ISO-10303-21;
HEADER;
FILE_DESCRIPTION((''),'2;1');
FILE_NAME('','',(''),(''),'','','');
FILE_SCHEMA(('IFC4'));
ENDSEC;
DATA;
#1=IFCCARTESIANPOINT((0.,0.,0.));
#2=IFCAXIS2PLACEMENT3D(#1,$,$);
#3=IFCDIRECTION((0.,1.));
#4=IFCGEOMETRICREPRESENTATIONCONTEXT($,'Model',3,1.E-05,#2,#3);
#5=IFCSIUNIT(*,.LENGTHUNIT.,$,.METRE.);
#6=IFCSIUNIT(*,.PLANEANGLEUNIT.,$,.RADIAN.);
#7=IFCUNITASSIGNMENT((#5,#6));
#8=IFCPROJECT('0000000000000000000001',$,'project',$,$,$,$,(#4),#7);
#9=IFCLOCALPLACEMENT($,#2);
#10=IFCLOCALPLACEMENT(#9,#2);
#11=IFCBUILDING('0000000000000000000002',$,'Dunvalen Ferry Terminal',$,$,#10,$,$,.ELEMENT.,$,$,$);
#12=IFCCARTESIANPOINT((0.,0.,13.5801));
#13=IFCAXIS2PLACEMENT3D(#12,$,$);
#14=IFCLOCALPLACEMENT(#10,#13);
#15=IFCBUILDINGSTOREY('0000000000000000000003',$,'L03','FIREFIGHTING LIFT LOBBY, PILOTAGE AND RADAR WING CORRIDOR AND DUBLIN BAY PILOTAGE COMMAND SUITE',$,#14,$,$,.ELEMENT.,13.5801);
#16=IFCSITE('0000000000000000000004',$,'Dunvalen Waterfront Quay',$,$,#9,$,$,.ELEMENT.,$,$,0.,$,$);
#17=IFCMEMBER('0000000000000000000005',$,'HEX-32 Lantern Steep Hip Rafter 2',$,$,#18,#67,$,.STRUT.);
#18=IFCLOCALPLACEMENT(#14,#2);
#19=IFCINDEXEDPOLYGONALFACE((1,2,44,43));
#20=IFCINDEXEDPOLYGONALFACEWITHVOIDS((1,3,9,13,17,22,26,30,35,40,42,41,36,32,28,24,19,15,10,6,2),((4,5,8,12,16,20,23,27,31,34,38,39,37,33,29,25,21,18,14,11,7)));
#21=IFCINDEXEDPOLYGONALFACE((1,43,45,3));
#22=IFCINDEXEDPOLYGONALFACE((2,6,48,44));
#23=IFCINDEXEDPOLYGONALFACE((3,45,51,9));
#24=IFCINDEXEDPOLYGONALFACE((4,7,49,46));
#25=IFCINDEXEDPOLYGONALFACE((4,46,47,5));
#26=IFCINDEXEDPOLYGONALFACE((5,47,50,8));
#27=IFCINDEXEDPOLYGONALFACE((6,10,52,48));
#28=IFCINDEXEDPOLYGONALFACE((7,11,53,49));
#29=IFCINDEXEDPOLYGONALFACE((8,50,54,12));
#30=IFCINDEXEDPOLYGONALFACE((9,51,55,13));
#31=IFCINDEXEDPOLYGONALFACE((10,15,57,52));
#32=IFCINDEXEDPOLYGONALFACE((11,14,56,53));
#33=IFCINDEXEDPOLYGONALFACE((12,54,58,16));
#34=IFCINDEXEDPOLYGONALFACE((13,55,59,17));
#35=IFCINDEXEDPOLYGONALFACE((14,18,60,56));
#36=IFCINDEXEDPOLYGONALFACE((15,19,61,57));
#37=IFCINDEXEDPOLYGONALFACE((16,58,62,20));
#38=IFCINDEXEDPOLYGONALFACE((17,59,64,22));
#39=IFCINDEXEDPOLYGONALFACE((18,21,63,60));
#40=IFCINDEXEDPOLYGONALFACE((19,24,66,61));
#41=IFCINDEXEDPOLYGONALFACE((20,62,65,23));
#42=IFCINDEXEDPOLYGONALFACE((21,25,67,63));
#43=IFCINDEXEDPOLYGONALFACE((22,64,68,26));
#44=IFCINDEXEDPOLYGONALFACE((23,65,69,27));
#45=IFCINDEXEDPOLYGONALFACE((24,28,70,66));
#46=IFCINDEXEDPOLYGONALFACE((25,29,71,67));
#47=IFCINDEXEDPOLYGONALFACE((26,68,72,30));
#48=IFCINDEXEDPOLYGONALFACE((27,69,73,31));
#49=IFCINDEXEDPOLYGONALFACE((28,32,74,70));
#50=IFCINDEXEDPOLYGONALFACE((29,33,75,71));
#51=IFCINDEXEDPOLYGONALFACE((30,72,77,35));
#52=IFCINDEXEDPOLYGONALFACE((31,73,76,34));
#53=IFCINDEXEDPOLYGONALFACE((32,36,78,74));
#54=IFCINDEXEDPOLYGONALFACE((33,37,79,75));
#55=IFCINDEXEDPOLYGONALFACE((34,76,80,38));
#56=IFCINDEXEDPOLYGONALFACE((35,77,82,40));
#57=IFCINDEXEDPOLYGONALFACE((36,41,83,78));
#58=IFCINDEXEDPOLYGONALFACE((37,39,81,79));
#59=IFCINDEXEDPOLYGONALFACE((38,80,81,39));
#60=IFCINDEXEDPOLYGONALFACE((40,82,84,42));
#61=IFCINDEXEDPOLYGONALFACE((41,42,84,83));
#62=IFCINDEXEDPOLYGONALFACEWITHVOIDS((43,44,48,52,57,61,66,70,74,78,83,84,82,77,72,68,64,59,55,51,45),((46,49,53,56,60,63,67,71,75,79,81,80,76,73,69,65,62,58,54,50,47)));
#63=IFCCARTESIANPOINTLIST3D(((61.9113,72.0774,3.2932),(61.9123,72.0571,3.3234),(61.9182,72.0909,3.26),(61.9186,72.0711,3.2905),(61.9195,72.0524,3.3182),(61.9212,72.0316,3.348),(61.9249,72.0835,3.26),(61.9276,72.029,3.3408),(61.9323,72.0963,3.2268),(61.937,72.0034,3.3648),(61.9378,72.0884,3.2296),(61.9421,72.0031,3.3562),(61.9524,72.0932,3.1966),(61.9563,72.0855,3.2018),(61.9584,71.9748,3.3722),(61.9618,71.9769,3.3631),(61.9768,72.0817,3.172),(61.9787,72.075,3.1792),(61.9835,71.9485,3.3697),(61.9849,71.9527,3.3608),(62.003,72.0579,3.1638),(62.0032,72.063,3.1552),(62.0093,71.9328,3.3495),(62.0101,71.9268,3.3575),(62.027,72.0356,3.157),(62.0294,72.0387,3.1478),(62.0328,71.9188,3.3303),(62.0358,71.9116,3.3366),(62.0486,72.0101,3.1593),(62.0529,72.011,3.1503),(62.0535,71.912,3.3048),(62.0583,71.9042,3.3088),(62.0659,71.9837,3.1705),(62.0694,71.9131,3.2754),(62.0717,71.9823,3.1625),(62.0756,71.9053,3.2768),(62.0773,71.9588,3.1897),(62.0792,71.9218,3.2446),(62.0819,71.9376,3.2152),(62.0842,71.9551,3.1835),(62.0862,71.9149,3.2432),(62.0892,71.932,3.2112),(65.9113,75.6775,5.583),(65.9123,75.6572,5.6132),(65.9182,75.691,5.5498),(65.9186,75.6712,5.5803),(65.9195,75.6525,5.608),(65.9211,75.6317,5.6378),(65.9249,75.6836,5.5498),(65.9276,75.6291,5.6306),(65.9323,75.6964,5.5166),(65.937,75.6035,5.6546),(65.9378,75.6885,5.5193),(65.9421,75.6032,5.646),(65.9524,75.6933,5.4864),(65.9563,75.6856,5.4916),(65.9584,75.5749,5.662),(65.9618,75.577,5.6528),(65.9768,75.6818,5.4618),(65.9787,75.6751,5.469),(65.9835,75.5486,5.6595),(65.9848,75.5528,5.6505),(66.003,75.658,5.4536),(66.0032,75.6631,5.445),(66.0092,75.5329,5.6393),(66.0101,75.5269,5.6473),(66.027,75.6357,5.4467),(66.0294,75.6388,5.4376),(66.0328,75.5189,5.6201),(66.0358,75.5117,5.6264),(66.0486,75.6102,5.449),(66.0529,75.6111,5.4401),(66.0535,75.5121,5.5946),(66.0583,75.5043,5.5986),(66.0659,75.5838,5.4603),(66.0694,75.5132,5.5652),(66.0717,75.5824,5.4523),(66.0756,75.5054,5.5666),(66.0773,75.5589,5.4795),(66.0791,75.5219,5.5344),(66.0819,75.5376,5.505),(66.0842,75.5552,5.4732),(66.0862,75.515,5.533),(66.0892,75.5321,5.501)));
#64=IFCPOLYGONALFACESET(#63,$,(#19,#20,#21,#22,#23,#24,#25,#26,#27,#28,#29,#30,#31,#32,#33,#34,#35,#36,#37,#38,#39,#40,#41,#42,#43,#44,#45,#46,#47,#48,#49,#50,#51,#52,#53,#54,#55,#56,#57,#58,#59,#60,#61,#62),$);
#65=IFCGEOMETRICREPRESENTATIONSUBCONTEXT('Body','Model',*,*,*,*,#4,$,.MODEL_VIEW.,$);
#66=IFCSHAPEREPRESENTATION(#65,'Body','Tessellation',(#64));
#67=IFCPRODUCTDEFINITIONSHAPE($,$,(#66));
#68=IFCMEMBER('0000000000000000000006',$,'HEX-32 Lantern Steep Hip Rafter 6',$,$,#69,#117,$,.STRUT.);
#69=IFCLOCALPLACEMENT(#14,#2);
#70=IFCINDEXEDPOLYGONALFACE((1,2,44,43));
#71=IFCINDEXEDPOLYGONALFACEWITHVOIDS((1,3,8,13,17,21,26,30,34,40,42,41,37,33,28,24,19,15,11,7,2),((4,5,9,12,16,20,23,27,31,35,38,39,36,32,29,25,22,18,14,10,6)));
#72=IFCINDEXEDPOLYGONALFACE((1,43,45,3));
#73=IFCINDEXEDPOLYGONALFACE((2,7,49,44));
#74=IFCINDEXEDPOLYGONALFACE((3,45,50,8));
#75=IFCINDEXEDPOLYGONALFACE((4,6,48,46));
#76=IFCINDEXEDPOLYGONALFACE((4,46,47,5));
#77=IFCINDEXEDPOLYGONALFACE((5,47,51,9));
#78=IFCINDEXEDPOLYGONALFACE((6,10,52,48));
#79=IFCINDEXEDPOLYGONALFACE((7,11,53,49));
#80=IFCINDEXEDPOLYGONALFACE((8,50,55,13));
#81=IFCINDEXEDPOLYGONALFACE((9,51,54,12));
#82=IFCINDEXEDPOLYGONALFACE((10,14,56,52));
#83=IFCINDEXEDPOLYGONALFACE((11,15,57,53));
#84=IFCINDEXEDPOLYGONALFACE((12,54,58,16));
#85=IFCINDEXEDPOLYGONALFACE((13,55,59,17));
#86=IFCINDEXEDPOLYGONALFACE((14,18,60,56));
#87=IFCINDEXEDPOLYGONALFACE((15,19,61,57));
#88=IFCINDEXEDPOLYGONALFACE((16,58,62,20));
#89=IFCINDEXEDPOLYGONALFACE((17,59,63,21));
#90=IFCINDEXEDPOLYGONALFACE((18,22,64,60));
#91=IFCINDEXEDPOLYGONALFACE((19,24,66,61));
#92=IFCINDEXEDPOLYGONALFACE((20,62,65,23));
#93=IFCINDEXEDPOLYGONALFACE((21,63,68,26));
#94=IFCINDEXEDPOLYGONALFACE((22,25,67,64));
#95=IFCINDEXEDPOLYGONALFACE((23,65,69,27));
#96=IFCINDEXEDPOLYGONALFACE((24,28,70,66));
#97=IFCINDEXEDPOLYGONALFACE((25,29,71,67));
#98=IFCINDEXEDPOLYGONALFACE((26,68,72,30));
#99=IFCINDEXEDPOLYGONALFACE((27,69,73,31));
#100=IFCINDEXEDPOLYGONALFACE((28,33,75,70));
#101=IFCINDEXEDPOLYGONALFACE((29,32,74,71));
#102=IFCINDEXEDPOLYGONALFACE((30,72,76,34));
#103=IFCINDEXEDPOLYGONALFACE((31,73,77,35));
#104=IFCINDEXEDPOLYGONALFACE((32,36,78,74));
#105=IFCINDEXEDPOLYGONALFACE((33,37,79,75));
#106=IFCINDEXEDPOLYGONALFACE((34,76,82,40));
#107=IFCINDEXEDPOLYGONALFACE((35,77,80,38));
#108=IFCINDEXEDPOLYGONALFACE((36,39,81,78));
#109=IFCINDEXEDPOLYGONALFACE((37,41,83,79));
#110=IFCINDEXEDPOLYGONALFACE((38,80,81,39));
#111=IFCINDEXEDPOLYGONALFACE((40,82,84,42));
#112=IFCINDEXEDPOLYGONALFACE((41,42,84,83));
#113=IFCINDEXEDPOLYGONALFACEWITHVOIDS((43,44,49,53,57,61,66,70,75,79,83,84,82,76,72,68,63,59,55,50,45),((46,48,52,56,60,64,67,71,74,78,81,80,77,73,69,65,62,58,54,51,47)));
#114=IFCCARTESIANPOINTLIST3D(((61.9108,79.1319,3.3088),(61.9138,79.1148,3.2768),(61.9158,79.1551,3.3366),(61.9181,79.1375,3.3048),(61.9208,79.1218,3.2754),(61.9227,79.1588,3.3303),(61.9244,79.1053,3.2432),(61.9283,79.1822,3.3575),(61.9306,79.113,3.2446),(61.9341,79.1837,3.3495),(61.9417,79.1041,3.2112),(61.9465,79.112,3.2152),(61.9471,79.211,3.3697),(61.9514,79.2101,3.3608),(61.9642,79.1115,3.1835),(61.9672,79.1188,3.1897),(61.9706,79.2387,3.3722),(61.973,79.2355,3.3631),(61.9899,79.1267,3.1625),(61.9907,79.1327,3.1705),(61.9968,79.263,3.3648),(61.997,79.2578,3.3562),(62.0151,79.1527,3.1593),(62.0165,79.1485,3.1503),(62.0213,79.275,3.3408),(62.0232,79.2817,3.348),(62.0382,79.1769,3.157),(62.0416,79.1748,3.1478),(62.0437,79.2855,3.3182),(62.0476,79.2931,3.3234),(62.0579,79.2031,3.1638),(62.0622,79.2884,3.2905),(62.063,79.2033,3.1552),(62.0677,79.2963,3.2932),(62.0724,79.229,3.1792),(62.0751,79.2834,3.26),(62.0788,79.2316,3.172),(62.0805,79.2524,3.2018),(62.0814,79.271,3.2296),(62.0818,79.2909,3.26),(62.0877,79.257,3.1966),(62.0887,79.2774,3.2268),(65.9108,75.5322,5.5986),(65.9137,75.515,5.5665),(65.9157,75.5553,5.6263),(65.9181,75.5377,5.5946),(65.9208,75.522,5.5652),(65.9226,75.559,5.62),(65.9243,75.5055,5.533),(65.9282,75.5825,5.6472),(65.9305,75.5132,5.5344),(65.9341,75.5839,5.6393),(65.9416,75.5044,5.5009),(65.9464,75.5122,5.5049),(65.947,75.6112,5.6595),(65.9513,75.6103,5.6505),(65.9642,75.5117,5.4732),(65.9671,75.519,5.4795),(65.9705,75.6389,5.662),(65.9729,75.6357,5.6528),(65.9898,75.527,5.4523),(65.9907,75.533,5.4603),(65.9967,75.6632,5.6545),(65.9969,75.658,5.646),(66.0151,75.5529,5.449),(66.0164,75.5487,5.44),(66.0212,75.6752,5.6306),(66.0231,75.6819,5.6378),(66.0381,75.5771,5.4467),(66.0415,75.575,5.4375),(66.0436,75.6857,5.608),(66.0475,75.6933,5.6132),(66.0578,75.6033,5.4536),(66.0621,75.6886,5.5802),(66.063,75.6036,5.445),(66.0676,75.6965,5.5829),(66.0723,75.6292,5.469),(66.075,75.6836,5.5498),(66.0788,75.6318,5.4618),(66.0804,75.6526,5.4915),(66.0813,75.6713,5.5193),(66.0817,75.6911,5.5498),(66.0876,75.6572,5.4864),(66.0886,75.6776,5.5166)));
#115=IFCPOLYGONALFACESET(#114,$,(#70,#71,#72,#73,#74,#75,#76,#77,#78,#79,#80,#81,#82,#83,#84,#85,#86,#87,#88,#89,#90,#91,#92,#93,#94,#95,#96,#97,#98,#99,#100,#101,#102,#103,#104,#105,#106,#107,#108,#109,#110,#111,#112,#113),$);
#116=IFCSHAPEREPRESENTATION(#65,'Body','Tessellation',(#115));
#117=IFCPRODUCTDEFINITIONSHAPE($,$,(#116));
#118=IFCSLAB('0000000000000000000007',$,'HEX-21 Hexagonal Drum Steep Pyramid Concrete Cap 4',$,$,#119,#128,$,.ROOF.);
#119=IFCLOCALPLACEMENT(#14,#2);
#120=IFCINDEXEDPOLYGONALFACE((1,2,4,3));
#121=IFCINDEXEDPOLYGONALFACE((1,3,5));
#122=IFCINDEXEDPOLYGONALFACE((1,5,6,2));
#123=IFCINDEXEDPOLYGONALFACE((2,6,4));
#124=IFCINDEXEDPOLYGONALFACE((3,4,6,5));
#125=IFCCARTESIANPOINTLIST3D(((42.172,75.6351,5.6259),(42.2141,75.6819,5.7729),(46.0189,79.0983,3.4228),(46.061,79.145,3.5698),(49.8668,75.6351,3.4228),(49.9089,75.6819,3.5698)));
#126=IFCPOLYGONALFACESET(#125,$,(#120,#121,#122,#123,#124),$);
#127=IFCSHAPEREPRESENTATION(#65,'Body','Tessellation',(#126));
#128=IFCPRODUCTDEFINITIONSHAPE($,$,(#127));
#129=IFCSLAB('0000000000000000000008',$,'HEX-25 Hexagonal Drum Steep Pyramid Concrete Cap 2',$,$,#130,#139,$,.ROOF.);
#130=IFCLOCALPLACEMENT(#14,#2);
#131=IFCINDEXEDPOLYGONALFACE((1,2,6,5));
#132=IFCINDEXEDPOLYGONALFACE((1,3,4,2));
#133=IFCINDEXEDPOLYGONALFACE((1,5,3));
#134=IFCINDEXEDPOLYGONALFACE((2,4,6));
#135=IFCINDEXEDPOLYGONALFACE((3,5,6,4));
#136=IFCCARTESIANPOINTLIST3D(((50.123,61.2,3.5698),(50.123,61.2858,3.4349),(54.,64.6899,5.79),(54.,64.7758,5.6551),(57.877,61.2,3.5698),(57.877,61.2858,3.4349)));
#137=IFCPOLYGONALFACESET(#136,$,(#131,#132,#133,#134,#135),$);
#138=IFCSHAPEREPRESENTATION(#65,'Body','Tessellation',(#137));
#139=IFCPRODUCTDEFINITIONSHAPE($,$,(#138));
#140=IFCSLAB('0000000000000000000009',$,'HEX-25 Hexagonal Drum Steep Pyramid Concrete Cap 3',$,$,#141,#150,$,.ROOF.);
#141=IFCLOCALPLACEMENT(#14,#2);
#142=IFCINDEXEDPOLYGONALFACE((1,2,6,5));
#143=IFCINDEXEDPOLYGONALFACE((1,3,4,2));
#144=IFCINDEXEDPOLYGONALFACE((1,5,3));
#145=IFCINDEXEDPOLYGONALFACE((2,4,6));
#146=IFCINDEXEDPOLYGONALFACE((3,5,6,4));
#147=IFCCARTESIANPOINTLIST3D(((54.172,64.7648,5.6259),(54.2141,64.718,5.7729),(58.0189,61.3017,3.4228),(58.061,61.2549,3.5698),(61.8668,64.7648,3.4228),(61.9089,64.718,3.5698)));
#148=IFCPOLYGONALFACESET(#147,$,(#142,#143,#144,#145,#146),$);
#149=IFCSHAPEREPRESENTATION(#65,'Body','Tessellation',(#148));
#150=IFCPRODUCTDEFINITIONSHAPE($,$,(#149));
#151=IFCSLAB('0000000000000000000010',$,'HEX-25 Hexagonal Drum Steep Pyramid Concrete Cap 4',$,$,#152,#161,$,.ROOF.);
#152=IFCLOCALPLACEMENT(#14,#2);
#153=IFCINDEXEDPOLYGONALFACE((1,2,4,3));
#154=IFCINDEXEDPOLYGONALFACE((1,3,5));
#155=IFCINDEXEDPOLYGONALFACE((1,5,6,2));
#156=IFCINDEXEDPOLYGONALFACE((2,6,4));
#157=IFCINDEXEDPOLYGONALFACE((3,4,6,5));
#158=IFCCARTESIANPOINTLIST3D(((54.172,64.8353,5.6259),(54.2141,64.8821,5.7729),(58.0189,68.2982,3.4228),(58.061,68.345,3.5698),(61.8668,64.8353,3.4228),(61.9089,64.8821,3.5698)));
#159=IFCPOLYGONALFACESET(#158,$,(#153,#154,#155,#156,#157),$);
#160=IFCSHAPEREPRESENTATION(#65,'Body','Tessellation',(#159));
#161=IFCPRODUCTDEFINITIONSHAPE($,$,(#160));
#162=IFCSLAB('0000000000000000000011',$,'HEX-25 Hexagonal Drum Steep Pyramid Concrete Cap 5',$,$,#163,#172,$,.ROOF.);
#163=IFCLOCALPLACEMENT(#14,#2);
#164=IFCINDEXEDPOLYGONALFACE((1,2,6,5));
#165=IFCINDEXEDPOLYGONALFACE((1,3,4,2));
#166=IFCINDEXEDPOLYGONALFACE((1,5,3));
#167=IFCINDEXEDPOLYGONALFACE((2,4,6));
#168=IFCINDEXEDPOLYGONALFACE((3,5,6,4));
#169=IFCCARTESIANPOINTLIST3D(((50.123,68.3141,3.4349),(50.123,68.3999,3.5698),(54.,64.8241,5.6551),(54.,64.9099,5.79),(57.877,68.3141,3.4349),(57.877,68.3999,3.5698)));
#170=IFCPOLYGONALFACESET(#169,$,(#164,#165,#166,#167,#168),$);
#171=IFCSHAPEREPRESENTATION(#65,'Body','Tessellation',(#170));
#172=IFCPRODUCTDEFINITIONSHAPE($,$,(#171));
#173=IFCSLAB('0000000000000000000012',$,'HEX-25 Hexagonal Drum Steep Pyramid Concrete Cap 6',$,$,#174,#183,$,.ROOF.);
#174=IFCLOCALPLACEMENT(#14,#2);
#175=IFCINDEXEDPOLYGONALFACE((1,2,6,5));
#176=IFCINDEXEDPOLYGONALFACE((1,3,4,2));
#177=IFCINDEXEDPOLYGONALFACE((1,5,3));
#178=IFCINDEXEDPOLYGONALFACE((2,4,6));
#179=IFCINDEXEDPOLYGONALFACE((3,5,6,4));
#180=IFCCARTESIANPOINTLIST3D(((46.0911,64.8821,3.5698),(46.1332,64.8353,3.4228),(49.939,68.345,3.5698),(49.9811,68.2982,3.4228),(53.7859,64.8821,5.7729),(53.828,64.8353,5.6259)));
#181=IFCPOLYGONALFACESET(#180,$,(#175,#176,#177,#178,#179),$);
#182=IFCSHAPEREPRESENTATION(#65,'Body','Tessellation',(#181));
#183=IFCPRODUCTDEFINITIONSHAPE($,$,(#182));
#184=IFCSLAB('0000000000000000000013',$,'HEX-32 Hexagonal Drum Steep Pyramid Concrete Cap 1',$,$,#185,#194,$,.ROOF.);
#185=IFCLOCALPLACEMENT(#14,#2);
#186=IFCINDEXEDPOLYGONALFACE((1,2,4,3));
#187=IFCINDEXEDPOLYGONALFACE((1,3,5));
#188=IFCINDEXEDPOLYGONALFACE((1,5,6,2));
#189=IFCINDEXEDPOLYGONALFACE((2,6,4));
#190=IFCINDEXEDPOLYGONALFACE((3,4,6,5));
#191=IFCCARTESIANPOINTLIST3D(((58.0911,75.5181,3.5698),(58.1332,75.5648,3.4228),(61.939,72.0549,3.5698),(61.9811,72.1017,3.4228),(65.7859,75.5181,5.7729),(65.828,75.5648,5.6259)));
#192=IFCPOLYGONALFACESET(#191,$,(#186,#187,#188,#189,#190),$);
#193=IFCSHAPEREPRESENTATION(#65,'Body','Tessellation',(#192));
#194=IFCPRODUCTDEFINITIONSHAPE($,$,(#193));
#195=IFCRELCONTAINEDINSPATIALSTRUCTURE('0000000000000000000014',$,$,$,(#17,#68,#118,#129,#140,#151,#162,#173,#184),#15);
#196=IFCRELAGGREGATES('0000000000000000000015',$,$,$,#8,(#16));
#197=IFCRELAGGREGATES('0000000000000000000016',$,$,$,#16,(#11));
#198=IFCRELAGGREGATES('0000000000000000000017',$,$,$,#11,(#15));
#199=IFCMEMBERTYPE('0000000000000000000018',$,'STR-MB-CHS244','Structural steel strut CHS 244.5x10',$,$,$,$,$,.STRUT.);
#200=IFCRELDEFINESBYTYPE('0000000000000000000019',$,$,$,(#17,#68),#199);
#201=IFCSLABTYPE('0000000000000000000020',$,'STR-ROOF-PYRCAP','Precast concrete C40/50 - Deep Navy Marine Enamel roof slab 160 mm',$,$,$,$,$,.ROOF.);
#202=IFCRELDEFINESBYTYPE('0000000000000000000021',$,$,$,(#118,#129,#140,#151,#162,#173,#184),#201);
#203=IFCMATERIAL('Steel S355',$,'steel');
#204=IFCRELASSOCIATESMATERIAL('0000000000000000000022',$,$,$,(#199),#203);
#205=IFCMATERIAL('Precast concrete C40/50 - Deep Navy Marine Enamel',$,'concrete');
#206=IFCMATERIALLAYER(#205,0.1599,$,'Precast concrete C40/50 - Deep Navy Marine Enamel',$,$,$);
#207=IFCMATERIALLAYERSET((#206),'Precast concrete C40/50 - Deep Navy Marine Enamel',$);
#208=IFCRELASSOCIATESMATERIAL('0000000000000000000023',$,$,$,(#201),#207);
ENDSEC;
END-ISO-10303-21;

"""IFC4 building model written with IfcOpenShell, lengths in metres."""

from ifc_helpers import new_model, si_unit, direction, frame, origin, origin_2d, place, context, subcontext, project, spatial, polyline, hollow_circle, outline, extrude, material, layer, layer_set, material_profile, profile_set, type_object, element, save


model = new_model("IFC4")

# Units and contexts
model_context = context("Model", 3, precision=1e-05, world=origin(), true_north=direction((0.0, 1.0)))
body_context = subcontext(model_context, "Body", "Model", "MODEL_VIEW")
ifc_project = project(units=[si_unit("LENGTHUNIT", "METRE"), si_unit("PLANEANGLEUNIT", "RADIAN")], contexts=[model_context])

# Site, building, storey
site_placement = place(None, origin())
site = spatial("IfcSite", under=ifc_project, at=site_placement, Name="Dunvalen Waterfront Quay", CompositionType="ELEMENT", RefElevation=0.0)
building_placement = place(site_placement, origin())
building = spatial("IfcBuilding", under=site, at=building_placement, Name="Dunvalen Ferry Terminal", CompositionType="ELEMENT")
storey_placement = place(building_placement, frame((0.0, 0.0, 13.5801)))
storey = spatial("IfcBuildingStorey", under=building, at=storey_placement, Name="L03", Description="FIREFIGHTING LIFT LOBBY, PILOTAGE AND RADAR WING CORRIDOR AND DUBLIN BAY PILOTAGE COMMAND SUITE", CompositionType="ELEMENT", Elevation=13.5801)

# Shared definitions
ifc_material_1 = material(Name="Steel S355", Category="steel")

# Members
ifc_material_profile_1 = material_profile(ifc_material_1, hollow_circle(Radius=0.1223, WallThickness=0.01, at=origin_2d()), Name="Steel S355")
ifc_profile_set_1 = profile_set([ifc_material_profile_1], Name="Steel S355")
member_type = type_object("IfcMemberType", Name="STR-MB-CHS244", Description="Structural steel strut CHS 244.5x10", PredefinedType="STRUT", material=ifc_profile_set_1)
member_1_placement = place(storey_placement, frame((62.0, 72.0, 3.26), z_axis=(0.683947, 0.615569, 0.391525), x_axis=(-0.668975, 0.743285, 0.0)))
element("IfcMember", 1, at=member_1_placement, inside=storey, type_object=member_type, Name="HEX-32 Lantern Steep Hip Rafter 2", PredefinedType="STRUT", context=body_context, shape_type="SweptSolid", body=[
    extrude(hollow_circle(Radius=0.1223, WallThickness=0.01, at=origin_2d()), origin(), (0.0, 0.0, 1.0), 5.8484),
])
member_2_placement = place(storey_placement, frame((62.0, 79.2, 3.26), z_axis=(0.683965, -0.615543, 0.391535), x_axis=(0.66895, 0.743308, 0.0)))
element("IfcMember", 2, at=member_2_placement, inside=storey, type_object=member_type, Name="HEX-32 Lantern Steep Hip Rafter 6", PredefinedType="STRUT", context=body_context, shape_type="SweptSolid", body=[
    extrude(hollow_circle(Radius=0.1223, WallThickness=0.01, at=origin_2d()), origin(), (0.0, 0.0, 1.0), 5.8481),
])

# Slabs
ifc_material_2 = material(Name="Precast concrete C40/50 - Deep Navy Marine Enamel", Category="concrete")
ifc_layer = layer(ifc_material_2, 0.1599, Name="Precast concrete C40/50 - Deep Navy Marine Enamel")
ifc_layer_set = layer_set([ifc_layer], Name="Precast concrete C40/50 - Deep Navy Marine Enamel")
slab_type = type_object("IfcSlabType", Name="STR-ROOF-PYRCAP", Description="Precast concrete C40/50 - Deep Navy Marine Enamel roof slab 160 mm", PredefinedType="ROOF", material=ifc_layer_set)
slab_1_placement = place(storey_placement, frame((49.9089, 75.6819, 3.5698), z_axis=(0.263218, 0.292462, 0.919338), x_axis=(-0.743292, 0.668967, 0.0)))
element("IfcSlab", 3, at=slab_1_placement, inside=storey, type_object=slab_type, Name="HEX-21 Hexagonal Drum Steep Pyramid Concrete Cap 4", PredefinedType="ROOF", context=body_context, shape_type="SweptSolid", body=[
    extrude(outline(polyline([(0.0, 0.0), (5.1768, 0.0), (5.7195, 5.5992), (0.0, 0.0)])), origin(), (0.0, 0.0, -1.0), 0.1599),
])
slab_2_placement = place(storey_placement, frame((50.123, 61.2, 3.5698), z_axis=(0.0, -0.536757, 0.843737), x_axis=(1.0, 0.0, 0.0)))
element("IfcSlab", 4, at=slab_2_placement, inside=storey, type_object=slab_type, Name="HEX-25 Hexagonal Drum Steep Pyramid Concrete Cap 2", PredefinedType="ROOF", context=body_context, shape_type="SweptSolid", body=[
    extrude(outline(polyline([(0.0, 0.0), (7.7539, 0.0), (3.877, 4.1363), (0.0, 0.0)])), origin(), (0.0, 0.0, -1.0), 0.1599),
])
slab_3_placement = place(storey_placement, frame((58.061, 61.2549, 3.5698), z_axis=(0.263218, -0.292462, 0.919338), x_axis=(0.743292, 0.668967, 0.0)))
element("IfcSlab", 5, at=slab_3_placement, inside=storey, type_object=slab_type, Name="HEX-25 Hexagonal Drum Steep Pyramid Concrete Cap 3", PredefinedType="ROOF", context=body_context, shape_type="SweptSolid", body=[
    extrude(outline(polyline([(0.0, 0.0), (5.1768, 0.0), (-0.5427, 5.5992), (0.0, 0.0)])), origin(), (0.0, 0.0, -1.0), 0.1599),
])
slab_4_placement = place(storey_placement, frame((61.9089, 64.8821, 3.5698), z_axis=(0.263216, 0.292481, 0.919332), x_axis=(-0.743315, 0.668941, 0.0)))
element("IfcSlab", 6, at=slab_4_placement, inside=storey, type_object=slab_type, Name="HEX-25 Hexagonal Drum Steep Pyramid Concrete Cap 4", PredefinedType="ROOF", context=body_context, shape_type="SweptSolid", body=[
    extrude(outline(polyline([(0.0, 0.0), (5.1767, 0.0), (5.7197, 5.599), (0.0, 0.0)])), origin(), (0.0, 0.0, -1.0), 0.1599),
])
slab_5_placement = place(storey_placement, frame((57.877, 68.3999, 3.5698), z_axis=(0.0, 0.536757, 0.843737), x_axis=(-1.0, 0.0, 0.0)))
element("IfcSlab", 7, at=slab_5_placement, inside=storey, type_object=slab_type, Name="HEX-25 Hexagonal Drum Steep Pyramid Concrete Cap 5", PredefinedType="ROOF", context=body_context, shape_type="SweptSolid", body=[
    extrude(outline(polyline([(0.0, 0.0), (7.7539, 0.0), (3.877, 4.1363), (0.0, 0.0)])), origin(), (0.0, 0.0, -1.0), 0.1599),
])
slab_6_placement = place(storey_placement, frame((49.939, 68.345, 3.5698), z_axis=(-0.263216, 0.292481, 0.919332), x_axis=(-0.743315, -0.668941, 0.0)))
element("IfcSlab", 8, at=slab_6_placement, inside=storey, type_object=slab_type, Name="HEX-25 Hexagonal Drum Steep Pyramid Concrete Cap 6", PredefinedType="ROOF", context=body_context, shape_type="SweptSolid", body=[
    extrude(outline(polyline([(0.0, 0.0), (5.1767, 0.0), (-0.543, 5.599), (0.0, 0.0)])), origin(), (0.0, 0.0, -1.0), 0.1599),
])
slab_7_placement = place(storey_placement, frame((58.0911, 75.5181, 3.5698), z_axis=(-0.263218, -0.292462, 0.919338), x_axis=(0.743292, -0.668967, 0.0)))
element("IfcSlab", 9, at=slab_7_placement, inside=storey, type_object=slab_type, Name="HEX-32 Hexagonal Drum Steep Pyramid Concrete Cap 1", PredefinedType="ROOF", context=body_context, shape_type="SweptSolid", body=[
    extrude(outline(polyline([(0.0, 0.0), (5.1768, 0.0), (5.7195, 5.5992), (0.0, 0.0)])), origin(), (0.0, 0.0, -1.0), 0.1599),
])

save(model, "model.ifc")
